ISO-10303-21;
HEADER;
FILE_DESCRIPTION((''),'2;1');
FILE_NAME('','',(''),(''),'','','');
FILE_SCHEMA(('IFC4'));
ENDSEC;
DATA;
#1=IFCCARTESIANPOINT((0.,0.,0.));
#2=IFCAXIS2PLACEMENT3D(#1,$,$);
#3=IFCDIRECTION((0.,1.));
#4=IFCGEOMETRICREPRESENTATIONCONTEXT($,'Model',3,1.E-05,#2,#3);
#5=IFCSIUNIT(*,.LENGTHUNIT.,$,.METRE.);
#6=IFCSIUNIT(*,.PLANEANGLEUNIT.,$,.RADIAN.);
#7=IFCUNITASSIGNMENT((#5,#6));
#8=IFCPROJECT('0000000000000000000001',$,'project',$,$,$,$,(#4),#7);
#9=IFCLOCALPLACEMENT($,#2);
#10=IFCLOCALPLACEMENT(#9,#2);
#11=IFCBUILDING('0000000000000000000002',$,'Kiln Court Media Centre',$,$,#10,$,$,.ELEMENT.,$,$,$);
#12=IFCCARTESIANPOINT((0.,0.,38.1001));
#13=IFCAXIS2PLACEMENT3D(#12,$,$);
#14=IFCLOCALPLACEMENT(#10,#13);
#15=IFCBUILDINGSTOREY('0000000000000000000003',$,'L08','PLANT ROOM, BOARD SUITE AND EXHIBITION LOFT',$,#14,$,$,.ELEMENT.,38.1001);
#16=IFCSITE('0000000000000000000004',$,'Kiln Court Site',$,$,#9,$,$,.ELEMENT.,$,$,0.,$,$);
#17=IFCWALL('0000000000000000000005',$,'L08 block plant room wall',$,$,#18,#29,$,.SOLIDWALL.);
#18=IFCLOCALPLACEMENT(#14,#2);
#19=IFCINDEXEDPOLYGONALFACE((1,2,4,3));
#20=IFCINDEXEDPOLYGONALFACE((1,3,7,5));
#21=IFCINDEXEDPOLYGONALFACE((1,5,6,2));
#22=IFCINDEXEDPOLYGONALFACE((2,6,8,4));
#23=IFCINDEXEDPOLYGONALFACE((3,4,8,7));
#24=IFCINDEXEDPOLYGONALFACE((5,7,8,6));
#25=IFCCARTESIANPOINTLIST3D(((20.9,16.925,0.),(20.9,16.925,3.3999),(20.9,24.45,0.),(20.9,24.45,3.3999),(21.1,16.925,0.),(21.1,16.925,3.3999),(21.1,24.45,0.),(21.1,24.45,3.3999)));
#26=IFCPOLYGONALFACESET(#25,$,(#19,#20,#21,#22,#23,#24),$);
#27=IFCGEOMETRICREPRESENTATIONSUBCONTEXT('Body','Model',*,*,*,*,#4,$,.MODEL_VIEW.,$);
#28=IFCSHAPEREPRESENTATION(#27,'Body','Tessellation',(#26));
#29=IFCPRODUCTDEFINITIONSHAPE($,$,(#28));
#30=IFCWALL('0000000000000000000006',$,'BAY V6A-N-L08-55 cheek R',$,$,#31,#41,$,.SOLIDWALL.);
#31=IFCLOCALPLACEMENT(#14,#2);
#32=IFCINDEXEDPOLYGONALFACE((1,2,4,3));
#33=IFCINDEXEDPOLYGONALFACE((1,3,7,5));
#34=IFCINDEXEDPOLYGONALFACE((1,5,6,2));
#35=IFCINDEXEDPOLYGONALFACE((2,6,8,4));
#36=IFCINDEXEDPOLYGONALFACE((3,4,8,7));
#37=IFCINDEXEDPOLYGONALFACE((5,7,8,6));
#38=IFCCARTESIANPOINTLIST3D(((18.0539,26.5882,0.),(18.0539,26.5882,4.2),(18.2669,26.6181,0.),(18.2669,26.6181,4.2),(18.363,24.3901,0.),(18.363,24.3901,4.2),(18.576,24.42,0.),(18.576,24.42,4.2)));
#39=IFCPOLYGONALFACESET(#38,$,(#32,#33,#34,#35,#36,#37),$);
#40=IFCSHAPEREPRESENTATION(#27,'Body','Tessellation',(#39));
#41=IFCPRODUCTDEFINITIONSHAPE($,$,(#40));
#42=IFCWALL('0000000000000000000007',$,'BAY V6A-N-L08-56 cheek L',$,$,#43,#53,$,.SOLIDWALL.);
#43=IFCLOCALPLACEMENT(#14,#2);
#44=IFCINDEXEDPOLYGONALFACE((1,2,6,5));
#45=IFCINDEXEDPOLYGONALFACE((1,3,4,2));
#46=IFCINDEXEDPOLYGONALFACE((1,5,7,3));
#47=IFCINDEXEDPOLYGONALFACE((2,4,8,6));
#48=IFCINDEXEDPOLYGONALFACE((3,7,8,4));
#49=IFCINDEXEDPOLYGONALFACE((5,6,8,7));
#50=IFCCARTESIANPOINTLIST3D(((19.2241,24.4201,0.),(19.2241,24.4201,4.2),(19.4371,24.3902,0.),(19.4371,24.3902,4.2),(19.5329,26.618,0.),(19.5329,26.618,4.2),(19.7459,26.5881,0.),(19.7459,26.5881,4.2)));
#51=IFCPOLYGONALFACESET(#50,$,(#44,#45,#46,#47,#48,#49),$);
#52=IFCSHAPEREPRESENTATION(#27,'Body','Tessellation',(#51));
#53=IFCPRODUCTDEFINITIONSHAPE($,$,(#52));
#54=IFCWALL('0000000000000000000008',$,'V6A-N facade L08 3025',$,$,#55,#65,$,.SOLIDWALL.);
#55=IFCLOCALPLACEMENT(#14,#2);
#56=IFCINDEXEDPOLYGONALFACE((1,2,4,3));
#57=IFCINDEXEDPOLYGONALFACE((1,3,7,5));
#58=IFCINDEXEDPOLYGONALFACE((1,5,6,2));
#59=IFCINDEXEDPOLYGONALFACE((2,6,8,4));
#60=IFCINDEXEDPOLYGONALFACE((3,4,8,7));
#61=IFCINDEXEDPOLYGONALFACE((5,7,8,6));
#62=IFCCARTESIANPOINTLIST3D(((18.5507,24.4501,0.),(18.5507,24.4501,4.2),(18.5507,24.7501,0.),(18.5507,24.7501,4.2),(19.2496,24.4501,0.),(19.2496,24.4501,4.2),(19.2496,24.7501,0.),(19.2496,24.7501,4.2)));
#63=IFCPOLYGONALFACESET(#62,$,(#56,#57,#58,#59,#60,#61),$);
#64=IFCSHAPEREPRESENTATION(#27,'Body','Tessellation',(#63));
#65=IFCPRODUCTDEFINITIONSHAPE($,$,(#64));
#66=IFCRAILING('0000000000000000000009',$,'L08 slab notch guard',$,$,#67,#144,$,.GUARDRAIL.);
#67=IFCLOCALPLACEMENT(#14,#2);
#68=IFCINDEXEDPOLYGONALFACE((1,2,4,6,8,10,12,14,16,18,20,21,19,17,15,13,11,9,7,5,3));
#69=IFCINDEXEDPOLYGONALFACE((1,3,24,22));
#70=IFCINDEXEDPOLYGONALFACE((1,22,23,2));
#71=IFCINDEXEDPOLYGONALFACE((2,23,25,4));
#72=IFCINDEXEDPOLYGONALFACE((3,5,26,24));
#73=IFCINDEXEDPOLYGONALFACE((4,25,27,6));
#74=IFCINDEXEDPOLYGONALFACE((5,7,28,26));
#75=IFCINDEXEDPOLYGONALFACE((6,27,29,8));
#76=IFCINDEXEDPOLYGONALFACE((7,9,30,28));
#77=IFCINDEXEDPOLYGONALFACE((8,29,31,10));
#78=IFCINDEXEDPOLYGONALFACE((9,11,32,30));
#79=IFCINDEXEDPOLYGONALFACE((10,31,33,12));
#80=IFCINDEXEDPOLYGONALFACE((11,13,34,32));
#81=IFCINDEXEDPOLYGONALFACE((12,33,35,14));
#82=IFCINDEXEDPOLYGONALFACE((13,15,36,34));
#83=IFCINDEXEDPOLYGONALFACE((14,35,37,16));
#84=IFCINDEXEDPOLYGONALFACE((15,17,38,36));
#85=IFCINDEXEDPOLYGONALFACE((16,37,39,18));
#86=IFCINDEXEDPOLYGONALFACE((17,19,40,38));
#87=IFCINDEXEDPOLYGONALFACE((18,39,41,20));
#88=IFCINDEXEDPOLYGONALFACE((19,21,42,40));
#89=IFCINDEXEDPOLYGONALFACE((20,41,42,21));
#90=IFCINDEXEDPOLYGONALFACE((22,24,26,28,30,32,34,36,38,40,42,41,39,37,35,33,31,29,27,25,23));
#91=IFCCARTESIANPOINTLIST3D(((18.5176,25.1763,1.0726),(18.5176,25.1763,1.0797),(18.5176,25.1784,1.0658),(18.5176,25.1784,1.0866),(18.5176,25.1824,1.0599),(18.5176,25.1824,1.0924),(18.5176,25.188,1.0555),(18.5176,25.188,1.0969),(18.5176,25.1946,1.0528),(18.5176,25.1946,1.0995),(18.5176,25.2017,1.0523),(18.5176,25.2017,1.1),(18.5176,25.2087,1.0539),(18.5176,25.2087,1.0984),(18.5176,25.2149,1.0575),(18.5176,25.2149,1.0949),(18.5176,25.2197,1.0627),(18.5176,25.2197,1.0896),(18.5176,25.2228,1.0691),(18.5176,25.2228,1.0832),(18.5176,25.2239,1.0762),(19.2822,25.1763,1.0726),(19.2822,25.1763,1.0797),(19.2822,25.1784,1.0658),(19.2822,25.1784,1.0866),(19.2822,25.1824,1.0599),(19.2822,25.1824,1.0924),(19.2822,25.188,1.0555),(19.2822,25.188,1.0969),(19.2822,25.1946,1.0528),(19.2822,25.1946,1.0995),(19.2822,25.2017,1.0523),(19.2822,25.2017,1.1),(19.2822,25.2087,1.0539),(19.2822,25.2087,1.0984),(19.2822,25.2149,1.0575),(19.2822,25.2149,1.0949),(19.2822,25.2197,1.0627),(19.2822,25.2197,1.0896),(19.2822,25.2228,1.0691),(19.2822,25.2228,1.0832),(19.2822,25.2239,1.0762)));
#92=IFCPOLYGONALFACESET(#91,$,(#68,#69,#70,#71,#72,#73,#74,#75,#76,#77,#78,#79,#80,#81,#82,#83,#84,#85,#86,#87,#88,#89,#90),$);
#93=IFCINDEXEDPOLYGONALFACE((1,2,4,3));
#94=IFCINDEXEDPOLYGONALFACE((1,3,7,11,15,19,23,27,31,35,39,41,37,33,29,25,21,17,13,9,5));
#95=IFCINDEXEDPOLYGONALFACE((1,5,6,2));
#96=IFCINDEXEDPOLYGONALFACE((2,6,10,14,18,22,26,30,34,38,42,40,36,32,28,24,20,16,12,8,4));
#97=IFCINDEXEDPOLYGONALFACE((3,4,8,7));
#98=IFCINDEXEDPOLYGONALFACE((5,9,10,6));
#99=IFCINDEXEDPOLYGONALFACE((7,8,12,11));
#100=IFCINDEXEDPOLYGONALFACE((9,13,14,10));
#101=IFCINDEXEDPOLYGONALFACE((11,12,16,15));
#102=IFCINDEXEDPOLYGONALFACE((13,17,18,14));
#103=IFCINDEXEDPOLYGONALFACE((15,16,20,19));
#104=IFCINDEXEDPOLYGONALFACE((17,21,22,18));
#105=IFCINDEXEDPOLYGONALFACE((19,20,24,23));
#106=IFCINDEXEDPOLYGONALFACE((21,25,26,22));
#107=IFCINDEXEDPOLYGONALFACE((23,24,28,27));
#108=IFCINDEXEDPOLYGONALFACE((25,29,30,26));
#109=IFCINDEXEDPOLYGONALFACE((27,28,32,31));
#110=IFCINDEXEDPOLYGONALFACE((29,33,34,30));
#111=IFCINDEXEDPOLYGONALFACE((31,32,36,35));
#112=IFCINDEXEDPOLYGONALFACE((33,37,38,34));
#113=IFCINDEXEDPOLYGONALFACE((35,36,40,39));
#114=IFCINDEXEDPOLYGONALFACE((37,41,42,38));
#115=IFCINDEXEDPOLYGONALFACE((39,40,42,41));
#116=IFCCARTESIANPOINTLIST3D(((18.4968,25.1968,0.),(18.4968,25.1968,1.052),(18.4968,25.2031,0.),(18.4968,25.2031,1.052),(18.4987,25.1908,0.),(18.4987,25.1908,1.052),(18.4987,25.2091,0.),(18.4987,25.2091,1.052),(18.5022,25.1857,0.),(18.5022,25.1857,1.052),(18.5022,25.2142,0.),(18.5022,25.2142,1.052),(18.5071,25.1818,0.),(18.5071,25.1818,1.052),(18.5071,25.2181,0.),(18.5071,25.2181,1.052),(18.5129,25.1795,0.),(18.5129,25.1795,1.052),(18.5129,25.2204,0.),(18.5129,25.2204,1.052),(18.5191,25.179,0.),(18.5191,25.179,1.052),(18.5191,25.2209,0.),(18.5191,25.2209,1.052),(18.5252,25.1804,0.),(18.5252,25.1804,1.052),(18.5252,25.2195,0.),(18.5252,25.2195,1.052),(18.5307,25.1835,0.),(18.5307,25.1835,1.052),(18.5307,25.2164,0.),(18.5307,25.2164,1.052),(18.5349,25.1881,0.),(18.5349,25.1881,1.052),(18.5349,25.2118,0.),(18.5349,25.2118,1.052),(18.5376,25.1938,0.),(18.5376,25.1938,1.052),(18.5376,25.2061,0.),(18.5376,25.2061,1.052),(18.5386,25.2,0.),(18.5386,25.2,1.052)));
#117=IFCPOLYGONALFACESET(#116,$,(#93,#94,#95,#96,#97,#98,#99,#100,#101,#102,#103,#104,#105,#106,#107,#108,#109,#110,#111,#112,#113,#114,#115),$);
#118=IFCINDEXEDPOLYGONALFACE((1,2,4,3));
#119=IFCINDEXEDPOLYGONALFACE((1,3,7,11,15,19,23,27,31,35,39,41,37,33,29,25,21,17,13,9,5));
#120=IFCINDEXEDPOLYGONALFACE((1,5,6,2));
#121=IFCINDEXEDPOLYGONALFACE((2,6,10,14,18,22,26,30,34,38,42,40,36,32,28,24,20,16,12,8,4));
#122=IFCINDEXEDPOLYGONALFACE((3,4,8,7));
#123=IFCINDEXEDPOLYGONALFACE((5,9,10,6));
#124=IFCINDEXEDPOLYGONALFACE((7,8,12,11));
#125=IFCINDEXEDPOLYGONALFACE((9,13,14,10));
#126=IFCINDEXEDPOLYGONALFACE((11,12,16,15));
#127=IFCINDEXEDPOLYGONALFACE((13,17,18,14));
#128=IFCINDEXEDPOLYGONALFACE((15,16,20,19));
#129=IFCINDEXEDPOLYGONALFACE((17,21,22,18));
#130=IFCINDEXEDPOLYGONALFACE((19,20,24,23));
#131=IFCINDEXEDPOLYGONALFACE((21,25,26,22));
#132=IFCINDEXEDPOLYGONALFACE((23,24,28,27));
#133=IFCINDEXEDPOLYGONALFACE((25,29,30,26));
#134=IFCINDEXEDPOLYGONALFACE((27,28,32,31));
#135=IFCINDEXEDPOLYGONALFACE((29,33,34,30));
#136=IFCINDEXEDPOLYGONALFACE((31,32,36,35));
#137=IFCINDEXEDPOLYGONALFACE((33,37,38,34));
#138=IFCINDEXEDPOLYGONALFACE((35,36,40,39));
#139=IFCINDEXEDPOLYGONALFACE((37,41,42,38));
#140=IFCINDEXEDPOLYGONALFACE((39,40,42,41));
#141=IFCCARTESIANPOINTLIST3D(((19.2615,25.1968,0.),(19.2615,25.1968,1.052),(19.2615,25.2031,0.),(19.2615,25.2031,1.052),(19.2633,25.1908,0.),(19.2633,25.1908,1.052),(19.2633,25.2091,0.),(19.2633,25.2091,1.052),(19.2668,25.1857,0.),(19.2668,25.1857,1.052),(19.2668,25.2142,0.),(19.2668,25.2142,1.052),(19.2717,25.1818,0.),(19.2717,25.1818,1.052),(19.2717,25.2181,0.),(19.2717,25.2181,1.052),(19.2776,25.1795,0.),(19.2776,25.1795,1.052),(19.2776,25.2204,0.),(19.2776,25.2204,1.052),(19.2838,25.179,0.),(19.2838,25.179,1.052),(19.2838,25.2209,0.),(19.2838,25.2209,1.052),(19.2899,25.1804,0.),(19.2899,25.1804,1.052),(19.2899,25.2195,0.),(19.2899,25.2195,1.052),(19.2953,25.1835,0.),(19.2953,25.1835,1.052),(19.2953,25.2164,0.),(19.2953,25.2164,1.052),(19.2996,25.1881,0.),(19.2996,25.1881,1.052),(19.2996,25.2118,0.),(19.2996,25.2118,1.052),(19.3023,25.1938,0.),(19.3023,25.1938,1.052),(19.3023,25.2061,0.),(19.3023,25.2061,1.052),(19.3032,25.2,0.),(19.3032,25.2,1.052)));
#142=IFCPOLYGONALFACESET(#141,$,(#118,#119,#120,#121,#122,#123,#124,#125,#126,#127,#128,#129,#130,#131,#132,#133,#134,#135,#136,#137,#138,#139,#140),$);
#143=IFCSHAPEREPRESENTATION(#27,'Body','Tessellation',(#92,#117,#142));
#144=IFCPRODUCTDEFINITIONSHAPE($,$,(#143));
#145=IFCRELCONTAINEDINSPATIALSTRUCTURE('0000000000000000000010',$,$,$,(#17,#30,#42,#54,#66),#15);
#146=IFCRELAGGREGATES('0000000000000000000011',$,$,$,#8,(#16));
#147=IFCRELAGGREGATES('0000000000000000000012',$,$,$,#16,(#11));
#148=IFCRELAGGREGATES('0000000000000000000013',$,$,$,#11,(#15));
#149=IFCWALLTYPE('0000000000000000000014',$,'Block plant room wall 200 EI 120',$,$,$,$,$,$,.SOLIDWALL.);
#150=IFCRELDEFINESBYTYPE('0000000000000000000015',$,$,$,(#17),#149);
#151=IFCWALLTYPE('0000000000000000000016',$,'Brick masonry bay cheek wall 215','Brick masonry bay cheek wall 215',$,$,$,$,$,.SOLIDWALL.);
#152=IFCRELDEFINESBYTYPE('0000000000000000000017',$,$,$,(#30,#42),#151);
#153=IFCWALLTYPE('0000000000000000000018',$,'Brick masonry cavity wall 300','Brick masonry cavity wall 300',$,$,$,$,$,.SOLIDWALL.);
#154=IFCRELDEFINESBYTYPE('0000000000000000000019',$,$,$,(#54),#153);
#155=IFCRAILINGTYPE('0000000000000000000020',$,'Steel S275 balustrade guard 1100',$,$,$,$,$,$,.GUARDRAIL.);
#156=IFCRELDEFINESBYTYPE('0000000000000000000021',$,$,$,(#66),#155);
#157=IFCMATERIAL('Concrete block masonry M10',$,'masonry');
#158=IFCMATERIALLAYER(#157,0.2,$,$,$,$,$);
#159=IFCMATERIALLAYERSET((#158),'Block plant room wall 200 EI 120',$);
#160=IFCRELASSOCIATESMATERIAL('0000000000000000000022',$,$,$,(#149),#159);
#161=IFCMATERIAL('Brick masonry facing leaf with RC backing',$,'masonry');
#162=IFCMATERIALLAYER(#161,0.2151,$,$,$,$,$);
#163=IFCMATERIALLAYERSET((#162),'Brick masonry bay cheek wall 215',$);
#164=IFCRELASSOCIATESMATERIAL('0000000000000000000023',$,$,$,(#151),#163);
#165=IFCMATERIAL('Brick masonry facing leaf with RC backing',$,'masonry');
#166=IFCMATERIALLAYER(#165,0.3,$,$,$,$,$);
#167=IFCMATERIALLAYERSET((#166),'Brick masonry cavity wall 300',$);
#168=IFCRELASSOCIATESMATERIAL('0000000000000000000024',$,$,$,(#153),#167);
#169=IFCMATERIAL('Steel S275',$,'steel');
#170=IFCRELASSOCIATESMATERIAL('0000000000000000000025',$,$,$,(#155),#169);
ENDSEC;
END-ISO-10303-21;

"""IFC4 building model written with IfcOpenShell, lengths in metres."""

from ifc_helpers import new_model, si_unit, direction, frame, frame_2d, origin, origin_2d, place, context, subcontext, project, spatial, rectangle, circle, extrude, material, layer, layer_set, type_object, element, save


model = new_model("IFC4")

# Units and contexts
model_context = context("Model", 3, precision=1e-05, world=origin(), true_north=direction((0.0, 1.0)))
body_context = subcontext(model_context, "Body", "Model", "MODEL_VIEW")
ifc_project = project(units=[si_unit("LENGTHUNIT", "METRE"), si_unit("PLANEANGLEUNIT", "RADIAN")], contexts=[model_context])

# Site, building, storey
site_placement = place(None, origin())
site = spatial("IfcSite", under=ifc_project, at=site_placement, Name="Kiln Court Site", CompositionType="ELEMENT", RefElevation=0.0)
building_placement = place(site_placement, origin())
building = spatial("IfcBuilding", under=site, at=building_placement, Name="Kiln Court Media Centre", CompositionType="ELEMENT")
storey_placement = place(building_placement, frame((0.0, 0.0, 38.1001)))
storey = spatial("IfcBuildingStorey", under=building, at=storey_placement, Name="L08", Description="PLANT ROOM, BOARD SUITE AND EXHIBITION LOFT", CompositionType="ELEMENT", Elevation=38.1001)

# Walls
ifc_material_1 = material(Name="Concrete block masonry M10", Category="masonry")
ifc_layer_1 = layer(ifc_material_1, 0.2)
ifc_layer_set_1 = layer_set([ifc_layer_1], Name="Block plant room wall 200 EI 120")
wall_type_1 = type_object("IfcWallType", Name="Block plant room wall 200 EI 120", PredefinedType="SOLIDWALL", material=ifc_layer_set_1)
wall_1_placement = place(storey_placement, frame((21.0, 16.925, 0.0), z_axis=(0.0, 0.0, 1.0), x_axis=(0.0, 1.0, 0.0)))
element("IfcWall", 1, at=wall_1_placement, inside=storey, type_object=wall_type_1, Name="L08 block plant room wall", PredefinedType="SOLIDWALL", context=body_context, shape_type="SweptSolid", body=[
    extrude(rectangle(XDim=7.5249, YDim=0.2, at=frame_2d((3.7625, 0.0))), origin(), (0.0, 0.0, 1.0), 3.3999),
])
ifc_material_2 = material(Name="Brick masonry facing leaf with RC backing", Category="masonry")
ifc_layer_2 = layer(ifc_material_2, 0.2151)
ifc_layer_set_2 = layer_set([ifc_layer_2], Name="Brick masonry bay cheek wall 215")
wall_type_2 = type_object("IfcWallType", Name="Brick masonry bay cheek wall 215", Description="Brick masonry bay cheek wall 215", PredefinedType="SOLIDWALL", material=ifc_layer_set_2)
wall_2_placement = place(storey_placement, frame((18.4695, 24.405, 0.0), z_axis=(0.0, 0.0, 1.0), x_axis=(-0.13925, 0.990257, 0.0)))
element("IfcWall", 2, at=wall_2_placement, inside=storey, type_object=wall_type_2, Name="BAY V6A-N-L08-55 cheek R", PredefinedType="SOLIDWALL", context=body_context, shape_type="SweptSolid", body=[
    extrude(rectangle(XDim=2.2197, YDim=0.2151, at=frame_2d((1.1099, 0.0))), origin(), (0.0, 0.0, 1.0), 4.2),
])
wall_3_placement = place(storey_placement, frame((19.3306, 24.405, 0.0), z_axis=(0.0, 0.0, 1.0), x_axis=(0.139142, 0.990272, 0.0)))
element("IfcWall", 3, at=wall_3_placement, inside=storey, type_object=wall_type_2, Name="BAY V6A-N-L08-56 cheek L", PredefinedType="SOLIDWALL", context=body_context, shape_type="SweptSolid", body=[
    extrude(rectangle(XDim=2.2195, YDim=0.2151, at=frame_2d((1.1099, 0.0))), origin(), (0.0, 0.0, 1.0), 4.2),
])
ifc_material_3 = material(Name="Brick masonry facing leaf with RC backing", Category="masonry")
ifc_layer_3 = layer(ifc_material_3, 0.3)
ifc_layer_set_3 = layer_set([ifc_layer_3], Name="Brick masonry cavity wall 300")
wall_type_3 = type_object("IfcWallType", Name="Brick masonry cavity wall 300", Description="Brick masonry cavity wall 300", PredefinedType="SOLIDWALL", material=ifc_layer_set_3)
wall_4_placement = place(storey_placement, frame((18.5505, 24.6001, 0.0), z_axis=(0.0, 0.0, 1.0), x_axis=(1.0, 0.0, 0.0)))
element("IfcWall", 4, at=wall_4_placement, inside=storey, type_object=wall_type_3, Name="V6A-N facade L08 3025", PredefinedType="SOLIDWALL", context=body_context, shape_type="SweptSolid", body=[
    extrude(rectangle(XDim=0.699, YDim=0.3, at=frame_2d((0.3496, 0.0))), origin(), (0.0, 0.0, 1.0), 4.2),
])

# Railing
ifc_material_4 = material(Name="Steel S275", Category="steel")
railing_type = type_object("IfcRailingType", Name="Steel S275 balustrade guard 1100", PredefinedType="GUARDRAIL", material=ifc_material_4)
railing_placement = place(storey_placement, frame((18.5176, 25.2, 0.0)))
element("IfcRailing", 5, at=railing_placement, inside=storey, type_object=railing_type, Name="L08 slab notch guard", PredefinedType="GUARDRAIL", context=body_context, shape_type="SweptSolid", body=[
    extrude(circle(Radius=0.0239, at=origin_2d()), frame((0.0, 0.0, 1.0762), z_axis=(1.0, 0.0, 0.0), x_axis=(0.0, 1.0, 0.0)), (0.0, 0.0, 1.0), 0.7646),
    extrude(circle(Radius=0.021, at=origin_2d()), origin(), (0.0, 0.0, 1.0), 1.052),
    extrude(circle(Radius=0.021, at=origin_2d()), frame((0.7646, 0.0, 0.0)), (0.0, 0.0, 1.0), 1.052),
])

save(model, "model.ifc")
